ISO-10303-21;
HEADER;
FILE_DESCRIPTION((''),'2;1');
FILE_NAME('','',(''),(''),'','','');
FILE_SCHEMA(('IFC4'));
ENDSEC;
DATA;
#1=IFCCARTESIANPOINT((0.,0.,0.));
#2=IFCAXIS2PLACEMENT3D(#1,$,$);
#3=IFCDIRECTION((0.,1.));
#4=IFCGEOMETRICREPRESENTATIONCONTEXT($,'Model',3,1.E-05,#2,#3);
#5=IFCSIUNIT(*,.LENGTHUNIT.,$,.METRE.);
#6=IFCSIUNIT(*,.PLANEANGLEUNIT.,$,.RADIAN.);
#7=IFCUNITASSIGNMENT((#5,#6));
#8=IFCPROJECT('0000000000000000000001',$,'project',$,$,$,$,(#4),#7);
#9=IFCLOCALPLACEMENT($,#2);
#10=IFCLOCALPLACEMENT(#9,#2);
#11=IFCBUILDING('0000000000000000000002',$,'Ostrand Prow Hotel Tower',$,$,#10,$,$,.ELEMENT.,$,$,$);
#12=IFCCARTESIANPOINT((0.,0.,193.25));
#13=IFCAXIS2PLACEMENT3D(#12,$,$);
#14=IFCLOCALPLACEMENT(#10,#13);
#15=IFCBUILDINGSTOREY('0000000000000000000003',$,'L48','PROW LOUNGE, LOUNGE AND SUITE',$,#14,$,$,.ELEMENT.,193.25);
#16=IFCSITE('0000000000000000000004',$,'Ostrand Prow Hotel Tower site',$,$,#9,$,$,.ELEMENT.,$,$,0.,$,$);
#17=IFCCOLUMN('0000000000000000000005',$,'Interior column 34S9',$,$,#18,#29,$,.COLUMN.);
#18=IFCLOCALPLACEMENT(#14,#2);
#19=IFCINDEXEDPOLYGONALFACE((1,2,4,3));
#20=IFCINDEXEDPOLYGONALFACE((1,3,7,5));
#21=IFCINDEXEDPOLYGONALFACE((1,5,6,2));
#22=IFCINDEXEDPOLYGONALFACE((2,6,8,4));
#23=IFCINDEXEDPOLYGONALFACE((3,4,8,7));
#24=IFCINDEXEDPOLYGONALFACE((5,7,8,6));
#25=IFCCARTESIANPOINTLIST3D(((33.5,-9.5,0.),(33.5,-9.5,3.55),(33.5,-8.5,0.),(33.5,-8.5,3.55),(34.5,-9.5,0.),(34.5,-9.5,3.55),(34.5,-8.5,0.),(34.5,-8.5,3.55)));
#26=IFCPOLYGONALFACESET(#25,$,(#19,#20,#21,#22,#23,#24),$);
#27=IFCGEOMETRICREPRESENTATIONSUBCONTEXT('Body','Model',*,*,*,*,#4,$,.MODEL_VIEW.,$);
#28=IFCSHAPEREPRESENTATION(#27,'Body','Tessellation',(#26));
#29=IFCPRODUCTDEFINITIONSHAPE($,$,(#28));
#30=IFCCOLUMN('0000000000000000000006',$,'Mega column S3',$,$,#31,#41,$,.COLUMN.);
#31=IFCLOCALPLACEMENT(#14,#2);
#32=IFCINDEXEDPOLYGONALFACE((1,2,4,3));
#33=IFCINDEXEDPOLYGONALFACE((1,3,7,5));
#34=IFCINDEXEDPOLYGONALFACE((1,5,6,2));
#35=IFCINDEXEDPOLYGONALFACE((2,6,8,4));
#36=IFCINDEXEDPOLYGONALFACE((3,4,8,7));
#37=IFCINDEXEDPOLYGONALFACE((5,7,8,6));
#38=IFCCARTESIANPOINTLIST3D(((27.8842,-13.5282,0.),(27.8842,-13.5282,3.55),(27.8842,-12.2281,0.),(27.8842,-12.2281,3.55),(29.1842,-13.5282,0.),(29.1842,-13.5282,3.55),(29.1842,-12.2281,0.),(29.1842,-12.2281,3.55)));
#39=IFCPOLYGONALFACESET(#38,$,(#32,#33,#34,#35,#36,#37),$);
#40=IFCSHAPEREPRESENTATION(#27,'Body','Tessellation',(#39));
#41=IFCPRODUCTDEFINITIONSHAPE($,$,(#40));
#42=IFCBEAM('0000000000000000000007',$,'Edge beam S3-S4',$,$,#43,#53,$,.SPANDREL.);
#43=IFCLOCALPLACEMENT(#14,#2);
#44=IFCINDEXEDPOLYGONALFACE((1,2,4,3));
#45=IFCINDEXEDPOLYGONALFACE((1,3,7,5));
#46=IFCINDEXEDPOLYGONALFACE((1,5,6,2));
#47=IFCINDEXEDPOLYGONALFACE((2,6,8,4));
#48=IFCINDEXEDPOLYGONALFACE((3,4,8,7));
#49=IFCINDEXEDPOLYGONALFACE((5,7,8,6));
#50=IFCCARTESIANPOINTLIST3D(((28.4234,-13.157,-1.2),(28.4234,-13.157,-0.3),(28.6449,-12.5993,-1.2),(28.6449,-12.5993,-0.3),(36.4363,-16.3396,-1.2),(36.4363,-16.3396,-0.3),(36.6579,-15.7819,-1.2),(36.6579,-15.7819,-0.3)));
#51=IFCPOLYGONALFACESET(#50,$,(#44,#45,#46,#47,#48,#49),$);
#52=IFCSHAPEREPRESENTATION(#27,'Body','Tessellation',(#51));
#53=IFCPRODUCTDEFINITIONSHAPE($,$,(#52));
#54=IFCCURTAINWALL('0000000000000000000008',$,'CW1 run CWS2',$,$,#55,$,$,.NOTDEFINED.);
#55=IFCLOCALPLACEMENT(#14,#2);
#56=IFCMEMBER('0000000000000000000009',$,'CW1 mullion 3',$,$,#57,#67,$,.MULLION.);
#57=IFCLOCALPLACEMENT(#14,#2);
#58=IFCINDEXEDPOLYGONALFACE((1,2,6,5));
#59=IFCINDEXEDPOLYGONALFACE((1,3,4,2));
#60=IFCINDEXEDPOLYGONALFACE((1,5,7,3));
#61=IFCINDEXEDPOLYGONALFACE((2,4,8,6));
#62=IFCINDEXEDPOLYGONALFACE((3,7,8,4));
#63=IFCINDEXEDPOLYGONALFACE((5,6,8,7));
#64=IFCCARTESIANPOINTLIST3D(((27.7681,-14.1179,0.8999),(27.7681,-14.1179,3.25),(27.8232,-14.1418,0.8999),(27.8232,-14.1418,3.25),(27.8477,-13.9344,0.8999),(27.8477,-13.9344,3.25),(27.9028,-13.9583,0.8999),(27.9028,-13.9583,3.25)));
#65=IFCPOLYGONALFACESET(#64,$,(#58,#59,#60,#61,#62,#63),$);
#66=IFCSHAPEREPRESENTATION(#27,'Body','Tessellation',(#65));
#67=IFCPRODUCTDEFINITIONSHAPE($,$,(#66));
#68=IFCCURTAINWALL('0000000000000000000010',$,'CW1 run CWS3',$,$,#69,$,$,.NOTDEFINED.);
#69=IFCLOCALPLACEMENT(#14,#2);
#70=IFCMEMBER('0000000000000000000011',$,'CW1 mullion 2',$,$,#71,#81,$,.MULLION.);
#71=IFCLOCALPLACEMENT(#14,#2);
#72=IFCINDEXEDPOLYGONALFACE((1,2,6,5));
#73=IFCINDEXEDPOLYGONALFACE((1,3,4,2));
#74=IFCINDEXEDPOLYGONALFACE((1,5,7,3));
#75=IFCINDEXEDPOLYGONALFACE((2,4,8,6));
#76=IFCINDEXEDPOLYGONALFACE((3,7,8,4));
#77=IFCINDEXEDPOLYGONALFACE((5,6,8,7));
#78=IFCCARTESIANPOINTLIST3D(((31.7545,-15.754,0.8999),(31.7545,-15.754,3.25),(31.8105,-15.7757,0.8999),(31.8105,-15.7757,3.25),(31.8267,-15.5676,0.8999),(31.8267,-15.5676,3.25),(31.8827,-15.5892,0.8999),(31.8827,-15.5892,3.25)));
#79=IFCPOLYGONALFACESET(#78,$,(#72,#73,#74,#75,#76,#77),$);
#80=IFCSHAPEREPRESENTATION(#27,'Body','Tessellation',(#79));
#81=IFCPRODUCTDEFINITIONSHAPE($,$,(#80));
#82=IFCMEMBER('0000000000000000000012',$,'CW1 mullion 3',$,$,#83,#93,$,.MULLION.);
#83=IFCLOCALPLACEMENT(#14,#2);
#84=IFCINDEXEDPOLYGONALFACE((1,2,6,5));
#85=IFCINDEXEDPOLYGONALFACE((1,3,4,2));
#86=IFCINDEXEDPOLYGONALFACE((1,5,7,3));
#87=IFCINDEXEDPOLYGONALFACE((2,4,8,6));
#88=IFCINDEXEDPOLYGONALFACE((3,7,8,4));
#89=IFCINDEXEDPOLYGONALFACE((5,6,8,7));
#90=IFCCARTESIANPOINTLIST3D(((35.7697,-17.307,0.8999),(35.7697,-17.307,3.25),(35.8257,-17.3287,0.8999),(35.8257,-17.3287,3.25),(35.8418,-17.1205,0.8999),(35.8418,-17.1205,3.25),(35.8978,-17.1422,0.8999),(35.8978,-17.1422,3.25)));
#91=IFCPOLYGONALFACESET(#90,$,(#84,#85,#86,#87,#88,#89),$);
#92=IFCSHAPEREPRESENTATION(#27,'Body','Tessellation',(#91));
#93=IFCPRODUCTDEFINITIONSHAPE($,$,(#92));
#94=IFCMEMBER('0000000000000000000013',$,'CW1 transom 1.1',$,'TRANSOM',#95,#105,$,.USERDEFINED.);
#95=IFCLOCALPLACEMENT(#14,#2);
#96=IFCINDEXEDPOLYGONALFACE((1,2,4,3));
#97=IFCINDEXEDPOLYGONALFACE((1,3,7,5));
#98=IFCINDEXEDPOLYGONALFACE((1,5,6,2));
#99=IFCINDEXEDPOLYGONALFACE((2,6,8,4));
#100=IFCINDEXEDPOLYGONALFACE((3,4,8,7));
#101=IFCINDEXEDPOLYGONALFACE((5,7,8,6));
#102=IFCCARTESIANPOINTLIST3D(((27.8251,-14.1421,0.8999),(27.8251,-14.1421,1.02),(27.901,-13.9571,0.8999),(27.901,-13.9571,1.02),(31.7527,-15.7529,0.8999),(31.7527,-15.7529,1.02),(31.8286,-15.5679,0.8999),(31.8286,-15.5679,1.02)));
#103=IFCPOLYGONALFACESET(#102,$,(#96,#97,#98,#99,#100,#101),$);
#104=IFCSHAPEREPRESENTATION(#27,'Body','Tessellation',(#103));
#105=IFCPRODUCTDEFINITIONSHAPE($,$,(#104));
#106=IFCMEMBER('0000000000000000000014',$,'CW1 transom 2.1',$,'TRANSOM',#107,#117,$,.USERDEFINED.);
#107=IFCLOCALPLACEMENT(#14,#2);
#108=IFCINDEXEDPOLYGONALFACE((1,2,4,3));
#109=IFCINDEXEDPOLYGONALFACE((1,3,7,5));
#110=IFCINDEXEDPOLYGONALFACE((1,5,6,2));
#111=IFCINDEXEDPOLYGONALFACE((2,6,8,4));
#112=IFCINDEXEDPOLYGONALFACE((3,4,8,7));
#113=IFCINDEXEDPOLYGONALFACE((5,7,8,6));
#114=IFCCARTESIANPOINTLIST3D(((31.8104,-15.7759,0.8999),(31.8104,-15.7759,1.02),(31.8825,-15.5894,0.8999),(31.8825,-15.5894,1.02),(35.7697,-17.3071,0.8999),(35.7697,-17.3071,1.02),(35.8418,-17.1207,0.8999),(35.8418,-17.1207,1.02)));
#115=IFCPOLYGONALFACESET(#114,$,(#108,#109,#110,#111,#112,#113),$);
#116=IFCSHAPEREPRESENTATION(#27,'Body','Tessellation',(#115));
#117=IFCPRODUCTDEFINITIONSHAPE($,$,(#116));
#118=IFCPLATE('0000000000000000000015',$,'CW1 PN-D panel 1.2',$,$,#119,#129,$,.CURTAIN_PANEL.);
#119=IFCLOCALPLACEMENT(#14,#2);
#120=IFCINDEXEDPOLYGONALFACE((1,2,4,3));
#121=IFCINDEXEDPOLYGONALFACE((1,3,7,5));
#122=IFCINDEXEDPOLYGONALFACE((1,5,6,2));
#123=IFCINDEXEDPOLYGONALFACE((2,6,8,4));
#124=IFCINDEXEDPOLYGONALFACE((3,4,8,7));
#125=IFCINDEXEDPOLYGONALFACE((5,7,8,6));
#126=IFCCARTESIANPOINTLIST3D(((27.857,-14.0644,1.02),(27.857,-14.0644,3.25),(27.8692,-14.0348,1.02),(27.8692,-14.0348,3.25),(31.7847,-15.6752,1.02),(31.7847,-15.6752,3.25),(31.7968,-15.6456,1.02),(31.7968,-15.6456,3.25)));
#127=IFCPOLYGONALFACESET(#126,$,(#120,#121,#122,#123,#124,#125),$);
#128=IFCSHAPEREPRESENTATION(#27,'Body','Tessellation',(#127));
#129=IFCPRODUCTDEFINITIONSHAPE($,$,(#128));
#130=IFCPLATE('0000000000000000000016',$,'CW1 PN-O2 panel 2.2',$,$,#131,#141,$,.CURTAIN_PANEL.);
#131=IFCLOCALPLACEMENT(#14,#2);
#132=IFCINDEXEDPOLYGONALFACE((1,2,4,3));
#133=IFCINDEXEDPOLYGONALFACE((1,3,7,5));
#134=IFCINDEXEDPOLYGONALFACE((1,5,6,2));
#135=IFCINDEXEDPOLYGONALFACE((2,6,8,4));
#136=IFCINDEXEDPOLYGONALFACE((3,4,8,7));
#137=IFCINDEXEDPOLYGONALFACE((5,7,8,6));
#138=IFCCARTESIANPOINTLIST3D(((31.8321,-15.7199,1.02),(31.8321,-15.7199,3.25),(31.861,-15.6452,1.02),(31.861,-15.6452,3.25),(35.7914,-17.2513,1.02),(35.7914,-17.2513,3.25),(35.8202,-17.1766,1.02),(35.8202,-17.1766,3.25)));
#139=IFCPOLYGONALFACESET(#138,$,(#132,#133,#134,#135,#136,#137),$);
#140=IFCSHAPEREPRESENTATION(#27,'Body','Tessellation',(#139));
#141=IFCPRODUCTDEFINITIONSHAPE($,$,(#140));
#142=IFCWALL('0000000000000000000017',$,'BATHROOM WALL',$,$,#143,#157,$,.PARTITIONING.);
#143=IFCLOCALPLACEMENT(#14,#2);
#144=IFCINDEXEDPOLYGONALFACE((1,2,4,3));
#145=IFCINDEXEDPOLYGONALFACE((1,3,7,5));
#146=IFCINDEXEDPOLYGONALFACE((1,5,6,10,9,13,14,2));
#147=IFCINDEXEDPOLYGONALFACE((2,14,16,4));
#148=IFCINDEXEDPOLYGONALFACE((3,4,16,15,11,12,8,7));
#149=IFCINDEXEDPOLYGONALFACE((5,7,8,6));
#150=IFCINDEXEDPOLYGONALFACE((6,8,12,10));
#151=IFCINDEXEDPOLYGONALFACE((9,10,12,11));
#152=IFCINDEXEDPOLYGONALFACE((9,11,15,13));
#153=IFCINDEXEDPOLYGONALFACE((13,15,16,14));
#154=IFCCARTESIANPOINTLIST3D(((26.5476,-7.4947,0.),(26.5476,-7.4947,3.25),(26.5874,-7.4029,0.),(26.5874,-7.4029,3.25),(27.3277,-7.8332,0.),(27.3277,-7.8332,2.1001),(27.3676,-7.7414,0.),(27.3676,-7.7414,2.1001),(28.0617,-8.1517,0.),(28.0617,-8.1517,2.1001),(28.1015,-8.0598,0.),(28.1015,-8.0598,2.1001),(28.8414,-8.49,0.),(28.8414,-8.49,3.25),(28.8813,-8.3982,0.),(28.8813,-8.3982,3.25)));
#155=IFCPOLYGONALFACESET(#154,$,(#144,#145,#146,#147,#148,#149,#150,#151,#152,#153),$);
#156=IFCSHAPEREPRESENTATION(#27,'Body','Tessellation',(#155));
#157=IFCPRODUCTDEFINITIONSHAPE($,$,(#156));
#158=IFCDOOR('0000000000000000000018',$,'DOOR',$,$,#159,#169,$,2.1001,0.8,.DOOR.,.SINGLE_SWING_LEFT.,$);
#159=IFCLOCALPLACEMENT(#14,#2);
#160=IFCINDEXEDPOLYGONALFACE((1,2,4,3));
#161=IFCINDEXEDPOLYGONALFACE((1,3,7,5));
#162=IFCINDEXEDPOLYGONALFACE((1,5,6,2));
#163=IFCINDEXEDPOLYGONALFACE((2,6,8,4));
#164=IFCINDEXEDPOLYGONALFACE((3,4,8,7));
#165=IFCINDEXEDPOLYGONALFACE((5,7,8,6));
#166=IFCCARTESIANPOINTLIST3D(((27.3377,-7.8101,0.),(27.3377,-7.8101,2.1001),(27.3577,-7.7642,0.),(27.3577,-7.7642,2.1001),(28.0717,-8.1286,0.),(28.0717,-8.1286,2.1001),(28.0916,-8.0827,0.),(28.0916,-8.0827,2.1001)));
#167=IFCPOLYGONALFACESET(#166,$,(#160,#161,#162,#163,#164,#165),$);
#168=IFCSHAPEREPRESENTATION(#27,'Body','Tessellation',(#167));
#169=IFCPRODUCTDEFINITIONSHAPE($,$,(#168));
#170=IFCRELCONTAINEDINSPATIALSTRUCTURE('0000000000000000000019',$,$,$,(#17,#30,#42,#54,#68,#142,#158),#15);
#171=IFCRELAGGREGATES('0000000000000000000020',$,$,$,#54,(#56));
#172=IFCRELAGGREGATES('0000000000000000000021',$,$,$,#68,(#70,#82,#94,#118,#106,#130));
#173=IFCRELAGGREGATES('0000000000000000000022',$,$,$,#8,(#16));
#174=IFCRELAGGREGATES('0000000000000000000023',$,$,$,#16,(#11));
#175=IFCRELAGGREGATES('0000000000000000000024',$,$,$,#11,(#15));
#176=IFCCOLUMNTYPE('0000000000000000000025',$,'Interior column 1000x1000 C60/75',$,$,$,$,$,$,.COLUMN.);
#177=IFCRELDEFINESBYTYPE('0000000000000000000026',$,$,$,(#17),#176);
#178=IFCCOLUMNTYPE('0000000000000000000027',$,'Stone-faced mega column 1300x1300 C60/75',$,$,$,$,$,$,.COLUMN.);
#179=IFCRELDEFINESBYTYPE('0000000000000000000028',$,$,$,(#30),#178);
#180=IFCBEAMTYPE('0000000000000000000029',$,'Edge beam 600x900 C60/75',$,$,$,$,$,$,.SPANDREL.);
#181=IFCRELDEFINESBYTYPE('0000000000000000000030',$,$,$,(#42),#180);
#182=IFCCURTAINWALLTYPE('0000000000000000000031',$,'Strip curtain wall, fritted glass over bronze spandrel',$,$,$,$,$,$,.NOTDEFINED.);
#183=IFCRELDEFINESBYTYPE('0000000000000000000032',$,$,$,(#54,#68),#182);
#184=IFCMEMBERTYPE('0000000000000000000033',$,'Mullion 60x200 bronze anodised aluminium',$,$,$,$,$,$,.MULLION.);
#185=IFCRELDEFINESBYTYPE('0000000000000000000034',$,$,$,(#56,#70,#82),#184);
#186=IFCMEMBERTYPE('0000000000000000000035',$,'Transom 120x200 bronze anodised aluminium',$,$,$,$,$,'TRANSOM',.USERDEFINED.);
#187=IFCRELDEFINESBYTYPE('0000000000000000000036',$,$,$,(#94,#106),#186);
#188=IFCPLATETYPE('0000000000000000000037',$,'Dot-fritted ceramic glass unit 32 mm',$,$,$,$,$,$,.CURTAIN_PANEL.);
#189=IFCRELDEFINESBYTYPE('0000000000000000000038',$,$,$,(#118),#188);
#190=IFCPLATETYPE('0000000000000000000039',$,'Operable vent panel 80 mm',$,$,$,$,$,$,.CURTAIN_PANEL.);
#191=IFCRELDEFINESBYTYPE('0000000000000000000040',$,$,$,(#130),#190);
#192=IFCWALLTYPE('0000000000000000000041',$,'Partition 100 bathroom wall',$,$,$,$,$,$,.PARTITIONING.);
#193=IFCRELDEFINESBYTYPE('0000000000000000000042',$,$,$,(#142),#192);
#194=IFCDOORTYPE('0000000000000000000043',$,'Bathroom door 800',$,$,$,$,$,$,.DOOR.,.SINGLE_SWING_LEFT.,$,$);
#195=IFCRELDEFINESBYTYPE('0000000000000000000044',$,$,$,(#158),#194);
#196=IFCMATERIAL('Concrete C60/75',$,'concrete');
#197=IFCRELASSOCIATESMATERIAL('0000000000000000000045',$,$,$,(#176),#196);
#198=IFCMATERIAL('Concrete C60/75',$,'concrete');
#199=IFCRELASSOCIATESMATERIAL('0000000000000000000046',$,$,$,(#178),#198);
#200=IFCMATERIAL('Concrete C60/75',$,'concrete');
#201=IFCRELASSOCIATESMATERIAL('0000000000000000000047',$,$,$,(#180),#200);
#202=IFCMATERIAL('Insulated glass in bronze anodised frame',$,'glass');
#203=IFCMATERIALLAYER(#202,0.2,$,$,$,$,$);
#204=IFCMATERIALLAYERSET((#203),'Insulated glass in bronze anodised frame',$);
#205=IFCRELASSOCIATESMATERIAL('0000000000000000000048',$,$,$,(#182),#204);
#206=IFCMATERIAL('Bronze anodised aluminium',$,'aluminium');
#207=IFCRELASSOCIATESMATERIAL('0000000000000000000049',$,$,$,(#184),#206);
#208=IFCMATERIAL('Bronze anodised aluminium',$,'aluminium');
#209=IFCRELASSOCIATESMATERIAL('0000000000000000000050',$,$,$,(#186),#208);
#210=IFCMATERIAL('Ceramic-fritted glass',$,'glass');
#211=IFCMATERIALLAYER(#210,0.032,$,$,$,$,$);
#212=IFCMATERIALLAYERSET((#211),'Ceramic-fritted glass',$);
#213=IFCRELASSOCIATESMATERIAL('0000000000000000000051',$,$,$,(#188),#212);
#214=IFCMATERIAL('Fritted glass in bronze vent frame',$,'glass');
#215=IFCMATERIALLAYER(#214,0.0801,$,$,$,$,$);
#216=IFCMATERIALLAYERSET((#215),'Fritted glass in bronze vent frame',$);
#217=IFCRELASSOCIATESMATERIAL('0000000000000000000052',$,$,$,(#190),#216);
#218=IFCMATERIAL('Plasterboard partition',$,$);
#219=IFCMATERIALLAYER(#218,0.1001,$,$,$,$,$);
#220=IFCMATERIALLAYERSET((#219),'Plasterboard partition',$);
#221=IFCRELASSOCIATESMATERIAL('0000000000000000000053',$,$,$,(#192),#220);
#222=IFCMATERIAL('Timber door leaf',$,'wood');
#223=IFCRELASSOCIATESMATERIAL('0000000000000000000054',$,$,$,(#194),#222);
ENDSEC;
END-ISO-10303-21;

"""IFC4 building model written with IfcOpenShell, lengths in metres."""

from ifc_helpers import new_model, si_unit, direction, frame, frame_2d, origin, origin_2d, place, context, subcontext, project, spatial, rectangle, extrude, material, layer, layer_set, material_profile, profile_set, type_object, element, fill, aggregate, save


model = new_model("IFC4")

# Units and contexts
model_context = context("Model", 3, precision=1e-05, world=origin(), true_north=direction((0.0, 1.0)))
body_context = subcontext(model_context, "Body", "Model", "MODEL_VIEW")
ifc_project = project(units=[si_unit("LENGTHUNIT", "METRE"), si_unit("PLANEANGLEUNIT", "RADIAN")], contexts=[model_context])

# Site, building, storey
site_placement = place(None, origin())
site = spatial("IfcSite", under=ifc_project, at=site_placement, Name="Ostrand Prow Hotel Tower site", CompositionType="ELEMENT", RefElevation=0.0)
building_placement = place(site_placement, origin())
building = spatial("IfcBuilding", under=site, at=building_placement, Name="Ostrand Prow Hotel Tower", CompositionType="ELEMENT")
storey_placement = place(building_placement, frame((0.0, 0.0, 193.25)))
storey = spatial("IfcBuildingStorey", under=building, at=storey_placement, Name="L48", Description="PROW LOUNGE, LOUNGE AND SUITE", CompositionType="ELEMENT", Elevation=193.25)

# Columns
ifc_material_1 = material(Name="Concrete C60/75", Category="concrete")
ifc_material_profile_1 = material_profile(ifc_material_1, rectangle(XDim=1.0, YDim=1.0, at=origin_2d()), Name="RC 1000x1000")
ifc_profile_set_1 = profile_set([ifc_material_profile_1], Name="Concrete C60/75")
column_type_1 = type_object("IfcColumnType", Name="Interior column 1000x1000 C60/75", PredefinedType="COLUMN", material=ifc_profile_set_1)
column_1_placement = place(storey_placement, frame((34.0, -9.0, 0.0), z_axis=(0.0, 0.0, 1.0), x_axis=(1.0, 0.0, 0.0)))
element("IfcColumn", 1, at=column_1_placement, inside=storey, type_object=column_type_1, Name="Interior column 34S9", PredefinedType="COLUMN", context=body_context, shape_type="SweptSolid", body=[
    extrude(rectangle(XDim=1.0, YDim=1.0, at=origin_2d()), origin(), (0.0, 0.0, 1.0), 3.55),
])
ifc_material_2 = material(Name="Concrete C60/75", Category="concrete")
ifc_material_profile_2 = material_profile(ifc_material_2, rectangle(XDim=1.3, YDim=1.3, at=origin_2d()), Name="RC 1300x1300")
ifc_profile_set_2 = profile_set([ifc_material_profile_2], Name="Concrete C60/75")
column_type_2 = type_object("IfcColumnType", Name="Stone-faced mega column 1300x1300 C60/75", PredefinedType="COLUMN", material=ifc_profile_set_2)
column_2_placement = place(storey_placement, frame((28.5342, -12.8782, 0.0), z_axis=(0.0, 0.0, 1.0), x_axis=(1.0, 0.0, 0.0)))
element("IfcColumn", 2, at=column_2_placement, inside=storey, type_object=column_type_2, Name="Mega column S3", PredefinedType="COLUMN", context=body_context, shape_type="SweptSolid", body=[
    extrude(rectangle(XDim=1.3, YDim=1.3, at=origin_2d()), origin(), (0.0, 0.0, 1.0), 3.55),
])

# Beam
ifc_material_3 = material(Name="Concrete C60/75", Category="concrete")
ifc_material_profile_3 = material_profile(ifc_material_3, rectangle(XDim=0.6001, YDim=0.8999, at=origin_2d()), Name="RC 600x900")
ifc_profile_set_3 = profile_set([ifc_material_profile_3], Name="Concrete C60/75")
beam_type = type_object("IfcBeamType", Name="Edge beam 600x900 C60/75", PredefinedType="SPANDREL", material=ifc_profile_set_3)
beam_placement = place(storey_placement, frame((28.5342, -12.8782, -0.75), z_axis=(0.929376, -0.369134, 0.0), x_axis=(0.369134, 0.929376, 0.0)))
element("IfcBeam", 3, at=beam_placement, inside=storey, type_object=beam_type, Name="Edge beam S3-S4", PredefinedType="SPANDREL", context=body_context, shape_type="SweptSolid", body=[
    extrude(rectangle(XDim=0.6001, YDim=0.8999, at=origin_2d()), origin(), (0.0, 0.0, 1.0), 8.6218),
])

# Curtain wall, member
ifc_material_4 = material(Name="Insulated glass in bronze anodised frame", Category="glass")
ifc_layer_1 = layer(ifc_material_4, 0.2)
ifc_layer_set_1 = layer_set([ifc_layer_1], Name="Insulated glass in bronze anodised frame")
curtain_wall_type = type_object("IfcCurtainWallType", Name="Strip curtain wall, fritted glass over bronze spandrel", PredefinedType="NOTDEFINED", material=ifc_layer_set_1)
curtain_wall_1_placement = place(storey_placement, origin())
curtain_wall_1 = element("IfcCurtainWall", 4, at=curtain_wall_1_placement, inside=storey, type_object=curtain_wall_type, Name="CW1 run CWS2", PredefinedType="NOTDEFINED")
ifc_material_5 = material(Name="Bronze anodised aluminium", Category="aluminium")
ifc_material_profile_4 = material_profile(ifc_material_5, rectangle(XDim=0.2, YDim=0.0601, at=origin_2d()), Name="Mullion 60x200 bronze anodised aluminium")
ifc_profile_set_4 = profile_set([ifc_material_profile_4], Name="Bronze anodised aluminium")
member_type_1 = type_object("IfcMemberType", Name="Mullion 60x200 bronze anodised aluminium", PredefinedType="MULLION", material=ifc_profile_set_4)
member_1_placement = place(storey_placement, frame((27.8354, -14.0381, 0.8999), z_axis=(0.0, 0.0, 1.0), x_axis=(0.398005, 0.917383, 0.0)))
member_1 = element("IfcMember", 5, at=member_1_placement, type_object=member_type_1, Name="CW1 mullion 3", PredefinedType="MULLION", context=body_context, shape_type="SweptSolid", body=[
    extrude(rectangle(XDim=0.2, YDim=0.0601, at=origin_2d()), origin(), (0.0, 0.0, 1.0), 2.3501),
])
aggregate(curtain_wall_1, [member_1])

# Curtain wall, members, plates
curtain_wall_2_placement = place(storey_placement, origin())
curtain_wall_2 = element("IfcCurtainWall", 6, at=curtain_wall_2_placement, inside=storey, type_object=curtain_wall_type, Name="CW1 run CWS3", PredefinedType="NOTDEFINED")
member_2_placement = place(storey_placement, frame((31.8186, -15.6716, 0.8999), z_axis=(0.0, 0.0, 1.0), x_axis=(0.360749, 0.932663, 0.0)))
member_2 = element("IfcMember", 7, at=member_2_placement, type_object=member_type_1, Name="CW1 mullion 2", PredefinedType="MULLION", context=body_context, shape_type="SweptSolid", body=[
    extrude(rectangle(XDim=0.2, YDim=0.0601, at=origin_2d()), origin(), (0.0, 0.0, 1.0), 2.3501),
])
member_3_placement = place(storey_placement, frame((35.8337, -17.2246, 0.8999), z_axis=(0.0, 0.0, 1.0), x_axis=(0.360749, 0.932663, 0.0)))
member_3 = element("IfcMember", 8, at=member_3_placement, type_object=member_type_1, Name="CW1 mullion 3", PredefinedType="MULLION", context=body_context, shape_type="SweptSolid", body=[
    extrude(rectangle(XDim=0.2, YDim=0.0601, at=origin_2d()), origin(), (0.0, 0.0, 1.0), 2.3501),
])
ifc_material_6 = material(Name="Bronze anodised aluminium", Category="aluminium")
ifc_material_profile_5 = material_profile(ifc_material_6, rectangle(XDim=0.2, YDim=0.1201, at=origin_2d()), Name="Transom 120x200 bronze anodised aluminium")
ifc_profile_set_5 = profile_set([ifc_material_profile_5], Name="Bronze anodised aluminium")
member_type_2 = type_object("IfcMemberType", Name="Transom 120x200 bronze anodised aluminium", ElementType="TRANSOM", PredefinedType="USERDEFINED", material=ifc_profile_set_5)
member_4_placement = place(storey_placement, frame((27.863, -14.0496, 0.96), z_axis=(0.925213, -0.379448, 0.0), x_axis=(0.379448, 0.925213, 0.0)))
member_4 = element("IfcMember", 9, at=member_4_placement, type_object=member_type_2, Name="CW1 transom 1.1", ObjectType="TRANSOM", PredefinedType="USERDEFINED", context=body_context, shape_type="SweptSolid", body=[
    extrude(rectangle(XDim=0.2, YDim=0.1201, at=origin_2d()), origin(), (0.0, 0.0, 1.0), 4.2451),
])
member_5_placement = place(storey_placement, frame((31.8464, -15.6826, 0.96), z_axis=(0.932675, -0.360717, 0.0), x_axis=(0.360717, 0.932675, 0.0)))
member_5 = element("IfcMember", 10, at=member_5_placement, type_object=member_type_2, Name="CW1 transom 2.1", ObjectType="TRANSOM", PredefinedType="USERDEFINED", context=body_context, shape_type="SweptSolid", body=[
    extrude(rectangle(XDim=0.2, YDim=0.1201, at=origin_2d()), origin(), (0.0, 0.0, 1.0), 4.2451),
])
ifc_material_7 = material(Name="Ceramic-fritted glass", Category="glass")
ifc_layer_2 = layer(ifc_material_7, 0.032)
ifc_layer_set_2 = layer_set([ifc_layer_2], Name="Ceramic-fritted glass")
plate_type_1 = type_object("IfcPlateType", Name="Dot-fritted ceramic glass unit 32 mm", PredefinedType="CURTAIN_PANEL", material=ifc_layer_set_2)
plate_1_placement = place(storey_placement, frame((29.8269, -14.855, 1.02), z_axis=(0.0, 0.0, 1.0), x_axis=(0.925211, -0.379453, 0.0)))
plate_1 = element("IfcPlate", 11, at=plate_1_placement, type_object=plate_type_1, Name="CW1 PN-D panel 1.2", PredefinedType="CURTAIN_PANEL", context=body_context, shape_type="SweptSolid", body=[
    extrude(rectangle(XDim=4.2451, YDim=0.032, at=origin_2d()), origin(), (0.0, 0.0, 1.0), 2.23),
])
ifc_material_8 = material(Name="Fritted glass in bronze vent frame", Category="glass")
ifc_layer_3 = layer(ifc_material_8, 0.0801)
ifc_layer_set_3 = layer_set([ifc_layer_3], Name="Fritted glass in bronze vent frame")
plate_type_2 = type_object("IfcPlateType", Name="Operable vent panel 80 mm", PredefinedType="CURTAIN_PANEL", material=ifc_layer_set_3)
plate_2_placement = place(storey_placement, frame((33.8262, -16.4482, 1.02), z_axis=(0.0, 0.0, 1.0), x_axis=(0.932663, -0.360749, 0.0)))
plate_2 = element("IfcPlate", 12, at=plate_2_placement, type_object=plate_type_2, Name="CW1 PN-O2 panel 2.2", PredefinedType="CURTAIN_PANEL", context=body_context, shape_type="SweptSolid", body=[
    extrude(rectangle(XDim=4.2451, YDim=0.0801, at=origin_2d()), origin(), (0.0, 0.0, 1.0), 2.23),
])
aggregate(curtain_wall_2, [member_2, member_3, member_4, plate_1, member_5, plate_2])

# Wall, opening, door
ifc_material_9 = material(Name="Plasterboard partition")
ifc_layer_4 = layer(ifc_material_9, 0.1001)
ifc_layer_set_4 = layer_set([ifc_layer_4], Name="Plasterboard partition")
wall_type_1 = type_object("IfcWallType", Name="Partition 100 bathroom wall", PredefinedType="PARTITIONING", material=ifc_layer_set_4)
wall_1_placement = place(storey_placement, frame((28.8613, -8.4441, 0.0), z_axis=(0.0, 0.0, 1.0), x_axis=(-0.917363, 0.398051, 0.0)))
wall_1 = element("IfcWall", 13, at=wall_1_placement, inside=storey, type_object=wall_type_1, Name="BATHROOM WALL", PredefinedType="PARTITIONING", context=body_context, shape_type="SweptSolid", body=[
    extrude(rectangle(XDim=2.5005, YDim=0.1001, at=frame_2d((1.2502, 0.0))), origin(), (0.0, 0.0, 1.0), 3.25),
])
opening_1_placement = place(wall_1_placement, frame((0.8501, 0.0, 0.0)))
opening_1 = element("IfcOpeningElement", 14, at=opening_1_placement, cuts=wall_1, PredefinedType="OPENING", context=body_context, shape_type="SweptSolid", body=[
    extrude(rectangle(XDim=0.8, YDim=2.1001, at=frame_2d((0.3999, 1.05))), frame((0.0, 0.0601, 0.0), z_axis=(0.0, -1.0, 0.0), x_axis=(1.0, 0.0, 0.0)), (0.0, 0.0, 1.0), 0.1201),
])
ifc_material_10 = material(Name="Timber door leaf", Category="wood")
door_type_1 = type_object("IfcDoorType", Name="Bathroom door 800", OperationType="SINGLE_SWING_LEFT", PredefinedType="DOOR", material=ifc_material_10)
door_1_placement = place(opening_1_placement, origin())
door_1 = element("IfcDoor", 15, at=door_1_placement, inside=storey, type_object=door_type_1, Name="DOOR", OperationType="SINGLE_SWING_LEFT", OverallHeight=2.1001, OverallWidth=0.8, PredefinedType="DOOR", context=body_context, shape_type="SweptSolid", body=[
    extrude(rectangle(XDim=0.8, YDim=2.1001, at=frame_2d((0.3999, 1.05))), frame((0.0, 0.0249, 0.0), z_axis=(0.0, -1.0, 0.0), x_axis=(1.0, 0.0, 0.0)), (0.0, 0.0, 1.0), 0.05),
])
fill(opening_1, door_1)

save(model, "model.ifc")
